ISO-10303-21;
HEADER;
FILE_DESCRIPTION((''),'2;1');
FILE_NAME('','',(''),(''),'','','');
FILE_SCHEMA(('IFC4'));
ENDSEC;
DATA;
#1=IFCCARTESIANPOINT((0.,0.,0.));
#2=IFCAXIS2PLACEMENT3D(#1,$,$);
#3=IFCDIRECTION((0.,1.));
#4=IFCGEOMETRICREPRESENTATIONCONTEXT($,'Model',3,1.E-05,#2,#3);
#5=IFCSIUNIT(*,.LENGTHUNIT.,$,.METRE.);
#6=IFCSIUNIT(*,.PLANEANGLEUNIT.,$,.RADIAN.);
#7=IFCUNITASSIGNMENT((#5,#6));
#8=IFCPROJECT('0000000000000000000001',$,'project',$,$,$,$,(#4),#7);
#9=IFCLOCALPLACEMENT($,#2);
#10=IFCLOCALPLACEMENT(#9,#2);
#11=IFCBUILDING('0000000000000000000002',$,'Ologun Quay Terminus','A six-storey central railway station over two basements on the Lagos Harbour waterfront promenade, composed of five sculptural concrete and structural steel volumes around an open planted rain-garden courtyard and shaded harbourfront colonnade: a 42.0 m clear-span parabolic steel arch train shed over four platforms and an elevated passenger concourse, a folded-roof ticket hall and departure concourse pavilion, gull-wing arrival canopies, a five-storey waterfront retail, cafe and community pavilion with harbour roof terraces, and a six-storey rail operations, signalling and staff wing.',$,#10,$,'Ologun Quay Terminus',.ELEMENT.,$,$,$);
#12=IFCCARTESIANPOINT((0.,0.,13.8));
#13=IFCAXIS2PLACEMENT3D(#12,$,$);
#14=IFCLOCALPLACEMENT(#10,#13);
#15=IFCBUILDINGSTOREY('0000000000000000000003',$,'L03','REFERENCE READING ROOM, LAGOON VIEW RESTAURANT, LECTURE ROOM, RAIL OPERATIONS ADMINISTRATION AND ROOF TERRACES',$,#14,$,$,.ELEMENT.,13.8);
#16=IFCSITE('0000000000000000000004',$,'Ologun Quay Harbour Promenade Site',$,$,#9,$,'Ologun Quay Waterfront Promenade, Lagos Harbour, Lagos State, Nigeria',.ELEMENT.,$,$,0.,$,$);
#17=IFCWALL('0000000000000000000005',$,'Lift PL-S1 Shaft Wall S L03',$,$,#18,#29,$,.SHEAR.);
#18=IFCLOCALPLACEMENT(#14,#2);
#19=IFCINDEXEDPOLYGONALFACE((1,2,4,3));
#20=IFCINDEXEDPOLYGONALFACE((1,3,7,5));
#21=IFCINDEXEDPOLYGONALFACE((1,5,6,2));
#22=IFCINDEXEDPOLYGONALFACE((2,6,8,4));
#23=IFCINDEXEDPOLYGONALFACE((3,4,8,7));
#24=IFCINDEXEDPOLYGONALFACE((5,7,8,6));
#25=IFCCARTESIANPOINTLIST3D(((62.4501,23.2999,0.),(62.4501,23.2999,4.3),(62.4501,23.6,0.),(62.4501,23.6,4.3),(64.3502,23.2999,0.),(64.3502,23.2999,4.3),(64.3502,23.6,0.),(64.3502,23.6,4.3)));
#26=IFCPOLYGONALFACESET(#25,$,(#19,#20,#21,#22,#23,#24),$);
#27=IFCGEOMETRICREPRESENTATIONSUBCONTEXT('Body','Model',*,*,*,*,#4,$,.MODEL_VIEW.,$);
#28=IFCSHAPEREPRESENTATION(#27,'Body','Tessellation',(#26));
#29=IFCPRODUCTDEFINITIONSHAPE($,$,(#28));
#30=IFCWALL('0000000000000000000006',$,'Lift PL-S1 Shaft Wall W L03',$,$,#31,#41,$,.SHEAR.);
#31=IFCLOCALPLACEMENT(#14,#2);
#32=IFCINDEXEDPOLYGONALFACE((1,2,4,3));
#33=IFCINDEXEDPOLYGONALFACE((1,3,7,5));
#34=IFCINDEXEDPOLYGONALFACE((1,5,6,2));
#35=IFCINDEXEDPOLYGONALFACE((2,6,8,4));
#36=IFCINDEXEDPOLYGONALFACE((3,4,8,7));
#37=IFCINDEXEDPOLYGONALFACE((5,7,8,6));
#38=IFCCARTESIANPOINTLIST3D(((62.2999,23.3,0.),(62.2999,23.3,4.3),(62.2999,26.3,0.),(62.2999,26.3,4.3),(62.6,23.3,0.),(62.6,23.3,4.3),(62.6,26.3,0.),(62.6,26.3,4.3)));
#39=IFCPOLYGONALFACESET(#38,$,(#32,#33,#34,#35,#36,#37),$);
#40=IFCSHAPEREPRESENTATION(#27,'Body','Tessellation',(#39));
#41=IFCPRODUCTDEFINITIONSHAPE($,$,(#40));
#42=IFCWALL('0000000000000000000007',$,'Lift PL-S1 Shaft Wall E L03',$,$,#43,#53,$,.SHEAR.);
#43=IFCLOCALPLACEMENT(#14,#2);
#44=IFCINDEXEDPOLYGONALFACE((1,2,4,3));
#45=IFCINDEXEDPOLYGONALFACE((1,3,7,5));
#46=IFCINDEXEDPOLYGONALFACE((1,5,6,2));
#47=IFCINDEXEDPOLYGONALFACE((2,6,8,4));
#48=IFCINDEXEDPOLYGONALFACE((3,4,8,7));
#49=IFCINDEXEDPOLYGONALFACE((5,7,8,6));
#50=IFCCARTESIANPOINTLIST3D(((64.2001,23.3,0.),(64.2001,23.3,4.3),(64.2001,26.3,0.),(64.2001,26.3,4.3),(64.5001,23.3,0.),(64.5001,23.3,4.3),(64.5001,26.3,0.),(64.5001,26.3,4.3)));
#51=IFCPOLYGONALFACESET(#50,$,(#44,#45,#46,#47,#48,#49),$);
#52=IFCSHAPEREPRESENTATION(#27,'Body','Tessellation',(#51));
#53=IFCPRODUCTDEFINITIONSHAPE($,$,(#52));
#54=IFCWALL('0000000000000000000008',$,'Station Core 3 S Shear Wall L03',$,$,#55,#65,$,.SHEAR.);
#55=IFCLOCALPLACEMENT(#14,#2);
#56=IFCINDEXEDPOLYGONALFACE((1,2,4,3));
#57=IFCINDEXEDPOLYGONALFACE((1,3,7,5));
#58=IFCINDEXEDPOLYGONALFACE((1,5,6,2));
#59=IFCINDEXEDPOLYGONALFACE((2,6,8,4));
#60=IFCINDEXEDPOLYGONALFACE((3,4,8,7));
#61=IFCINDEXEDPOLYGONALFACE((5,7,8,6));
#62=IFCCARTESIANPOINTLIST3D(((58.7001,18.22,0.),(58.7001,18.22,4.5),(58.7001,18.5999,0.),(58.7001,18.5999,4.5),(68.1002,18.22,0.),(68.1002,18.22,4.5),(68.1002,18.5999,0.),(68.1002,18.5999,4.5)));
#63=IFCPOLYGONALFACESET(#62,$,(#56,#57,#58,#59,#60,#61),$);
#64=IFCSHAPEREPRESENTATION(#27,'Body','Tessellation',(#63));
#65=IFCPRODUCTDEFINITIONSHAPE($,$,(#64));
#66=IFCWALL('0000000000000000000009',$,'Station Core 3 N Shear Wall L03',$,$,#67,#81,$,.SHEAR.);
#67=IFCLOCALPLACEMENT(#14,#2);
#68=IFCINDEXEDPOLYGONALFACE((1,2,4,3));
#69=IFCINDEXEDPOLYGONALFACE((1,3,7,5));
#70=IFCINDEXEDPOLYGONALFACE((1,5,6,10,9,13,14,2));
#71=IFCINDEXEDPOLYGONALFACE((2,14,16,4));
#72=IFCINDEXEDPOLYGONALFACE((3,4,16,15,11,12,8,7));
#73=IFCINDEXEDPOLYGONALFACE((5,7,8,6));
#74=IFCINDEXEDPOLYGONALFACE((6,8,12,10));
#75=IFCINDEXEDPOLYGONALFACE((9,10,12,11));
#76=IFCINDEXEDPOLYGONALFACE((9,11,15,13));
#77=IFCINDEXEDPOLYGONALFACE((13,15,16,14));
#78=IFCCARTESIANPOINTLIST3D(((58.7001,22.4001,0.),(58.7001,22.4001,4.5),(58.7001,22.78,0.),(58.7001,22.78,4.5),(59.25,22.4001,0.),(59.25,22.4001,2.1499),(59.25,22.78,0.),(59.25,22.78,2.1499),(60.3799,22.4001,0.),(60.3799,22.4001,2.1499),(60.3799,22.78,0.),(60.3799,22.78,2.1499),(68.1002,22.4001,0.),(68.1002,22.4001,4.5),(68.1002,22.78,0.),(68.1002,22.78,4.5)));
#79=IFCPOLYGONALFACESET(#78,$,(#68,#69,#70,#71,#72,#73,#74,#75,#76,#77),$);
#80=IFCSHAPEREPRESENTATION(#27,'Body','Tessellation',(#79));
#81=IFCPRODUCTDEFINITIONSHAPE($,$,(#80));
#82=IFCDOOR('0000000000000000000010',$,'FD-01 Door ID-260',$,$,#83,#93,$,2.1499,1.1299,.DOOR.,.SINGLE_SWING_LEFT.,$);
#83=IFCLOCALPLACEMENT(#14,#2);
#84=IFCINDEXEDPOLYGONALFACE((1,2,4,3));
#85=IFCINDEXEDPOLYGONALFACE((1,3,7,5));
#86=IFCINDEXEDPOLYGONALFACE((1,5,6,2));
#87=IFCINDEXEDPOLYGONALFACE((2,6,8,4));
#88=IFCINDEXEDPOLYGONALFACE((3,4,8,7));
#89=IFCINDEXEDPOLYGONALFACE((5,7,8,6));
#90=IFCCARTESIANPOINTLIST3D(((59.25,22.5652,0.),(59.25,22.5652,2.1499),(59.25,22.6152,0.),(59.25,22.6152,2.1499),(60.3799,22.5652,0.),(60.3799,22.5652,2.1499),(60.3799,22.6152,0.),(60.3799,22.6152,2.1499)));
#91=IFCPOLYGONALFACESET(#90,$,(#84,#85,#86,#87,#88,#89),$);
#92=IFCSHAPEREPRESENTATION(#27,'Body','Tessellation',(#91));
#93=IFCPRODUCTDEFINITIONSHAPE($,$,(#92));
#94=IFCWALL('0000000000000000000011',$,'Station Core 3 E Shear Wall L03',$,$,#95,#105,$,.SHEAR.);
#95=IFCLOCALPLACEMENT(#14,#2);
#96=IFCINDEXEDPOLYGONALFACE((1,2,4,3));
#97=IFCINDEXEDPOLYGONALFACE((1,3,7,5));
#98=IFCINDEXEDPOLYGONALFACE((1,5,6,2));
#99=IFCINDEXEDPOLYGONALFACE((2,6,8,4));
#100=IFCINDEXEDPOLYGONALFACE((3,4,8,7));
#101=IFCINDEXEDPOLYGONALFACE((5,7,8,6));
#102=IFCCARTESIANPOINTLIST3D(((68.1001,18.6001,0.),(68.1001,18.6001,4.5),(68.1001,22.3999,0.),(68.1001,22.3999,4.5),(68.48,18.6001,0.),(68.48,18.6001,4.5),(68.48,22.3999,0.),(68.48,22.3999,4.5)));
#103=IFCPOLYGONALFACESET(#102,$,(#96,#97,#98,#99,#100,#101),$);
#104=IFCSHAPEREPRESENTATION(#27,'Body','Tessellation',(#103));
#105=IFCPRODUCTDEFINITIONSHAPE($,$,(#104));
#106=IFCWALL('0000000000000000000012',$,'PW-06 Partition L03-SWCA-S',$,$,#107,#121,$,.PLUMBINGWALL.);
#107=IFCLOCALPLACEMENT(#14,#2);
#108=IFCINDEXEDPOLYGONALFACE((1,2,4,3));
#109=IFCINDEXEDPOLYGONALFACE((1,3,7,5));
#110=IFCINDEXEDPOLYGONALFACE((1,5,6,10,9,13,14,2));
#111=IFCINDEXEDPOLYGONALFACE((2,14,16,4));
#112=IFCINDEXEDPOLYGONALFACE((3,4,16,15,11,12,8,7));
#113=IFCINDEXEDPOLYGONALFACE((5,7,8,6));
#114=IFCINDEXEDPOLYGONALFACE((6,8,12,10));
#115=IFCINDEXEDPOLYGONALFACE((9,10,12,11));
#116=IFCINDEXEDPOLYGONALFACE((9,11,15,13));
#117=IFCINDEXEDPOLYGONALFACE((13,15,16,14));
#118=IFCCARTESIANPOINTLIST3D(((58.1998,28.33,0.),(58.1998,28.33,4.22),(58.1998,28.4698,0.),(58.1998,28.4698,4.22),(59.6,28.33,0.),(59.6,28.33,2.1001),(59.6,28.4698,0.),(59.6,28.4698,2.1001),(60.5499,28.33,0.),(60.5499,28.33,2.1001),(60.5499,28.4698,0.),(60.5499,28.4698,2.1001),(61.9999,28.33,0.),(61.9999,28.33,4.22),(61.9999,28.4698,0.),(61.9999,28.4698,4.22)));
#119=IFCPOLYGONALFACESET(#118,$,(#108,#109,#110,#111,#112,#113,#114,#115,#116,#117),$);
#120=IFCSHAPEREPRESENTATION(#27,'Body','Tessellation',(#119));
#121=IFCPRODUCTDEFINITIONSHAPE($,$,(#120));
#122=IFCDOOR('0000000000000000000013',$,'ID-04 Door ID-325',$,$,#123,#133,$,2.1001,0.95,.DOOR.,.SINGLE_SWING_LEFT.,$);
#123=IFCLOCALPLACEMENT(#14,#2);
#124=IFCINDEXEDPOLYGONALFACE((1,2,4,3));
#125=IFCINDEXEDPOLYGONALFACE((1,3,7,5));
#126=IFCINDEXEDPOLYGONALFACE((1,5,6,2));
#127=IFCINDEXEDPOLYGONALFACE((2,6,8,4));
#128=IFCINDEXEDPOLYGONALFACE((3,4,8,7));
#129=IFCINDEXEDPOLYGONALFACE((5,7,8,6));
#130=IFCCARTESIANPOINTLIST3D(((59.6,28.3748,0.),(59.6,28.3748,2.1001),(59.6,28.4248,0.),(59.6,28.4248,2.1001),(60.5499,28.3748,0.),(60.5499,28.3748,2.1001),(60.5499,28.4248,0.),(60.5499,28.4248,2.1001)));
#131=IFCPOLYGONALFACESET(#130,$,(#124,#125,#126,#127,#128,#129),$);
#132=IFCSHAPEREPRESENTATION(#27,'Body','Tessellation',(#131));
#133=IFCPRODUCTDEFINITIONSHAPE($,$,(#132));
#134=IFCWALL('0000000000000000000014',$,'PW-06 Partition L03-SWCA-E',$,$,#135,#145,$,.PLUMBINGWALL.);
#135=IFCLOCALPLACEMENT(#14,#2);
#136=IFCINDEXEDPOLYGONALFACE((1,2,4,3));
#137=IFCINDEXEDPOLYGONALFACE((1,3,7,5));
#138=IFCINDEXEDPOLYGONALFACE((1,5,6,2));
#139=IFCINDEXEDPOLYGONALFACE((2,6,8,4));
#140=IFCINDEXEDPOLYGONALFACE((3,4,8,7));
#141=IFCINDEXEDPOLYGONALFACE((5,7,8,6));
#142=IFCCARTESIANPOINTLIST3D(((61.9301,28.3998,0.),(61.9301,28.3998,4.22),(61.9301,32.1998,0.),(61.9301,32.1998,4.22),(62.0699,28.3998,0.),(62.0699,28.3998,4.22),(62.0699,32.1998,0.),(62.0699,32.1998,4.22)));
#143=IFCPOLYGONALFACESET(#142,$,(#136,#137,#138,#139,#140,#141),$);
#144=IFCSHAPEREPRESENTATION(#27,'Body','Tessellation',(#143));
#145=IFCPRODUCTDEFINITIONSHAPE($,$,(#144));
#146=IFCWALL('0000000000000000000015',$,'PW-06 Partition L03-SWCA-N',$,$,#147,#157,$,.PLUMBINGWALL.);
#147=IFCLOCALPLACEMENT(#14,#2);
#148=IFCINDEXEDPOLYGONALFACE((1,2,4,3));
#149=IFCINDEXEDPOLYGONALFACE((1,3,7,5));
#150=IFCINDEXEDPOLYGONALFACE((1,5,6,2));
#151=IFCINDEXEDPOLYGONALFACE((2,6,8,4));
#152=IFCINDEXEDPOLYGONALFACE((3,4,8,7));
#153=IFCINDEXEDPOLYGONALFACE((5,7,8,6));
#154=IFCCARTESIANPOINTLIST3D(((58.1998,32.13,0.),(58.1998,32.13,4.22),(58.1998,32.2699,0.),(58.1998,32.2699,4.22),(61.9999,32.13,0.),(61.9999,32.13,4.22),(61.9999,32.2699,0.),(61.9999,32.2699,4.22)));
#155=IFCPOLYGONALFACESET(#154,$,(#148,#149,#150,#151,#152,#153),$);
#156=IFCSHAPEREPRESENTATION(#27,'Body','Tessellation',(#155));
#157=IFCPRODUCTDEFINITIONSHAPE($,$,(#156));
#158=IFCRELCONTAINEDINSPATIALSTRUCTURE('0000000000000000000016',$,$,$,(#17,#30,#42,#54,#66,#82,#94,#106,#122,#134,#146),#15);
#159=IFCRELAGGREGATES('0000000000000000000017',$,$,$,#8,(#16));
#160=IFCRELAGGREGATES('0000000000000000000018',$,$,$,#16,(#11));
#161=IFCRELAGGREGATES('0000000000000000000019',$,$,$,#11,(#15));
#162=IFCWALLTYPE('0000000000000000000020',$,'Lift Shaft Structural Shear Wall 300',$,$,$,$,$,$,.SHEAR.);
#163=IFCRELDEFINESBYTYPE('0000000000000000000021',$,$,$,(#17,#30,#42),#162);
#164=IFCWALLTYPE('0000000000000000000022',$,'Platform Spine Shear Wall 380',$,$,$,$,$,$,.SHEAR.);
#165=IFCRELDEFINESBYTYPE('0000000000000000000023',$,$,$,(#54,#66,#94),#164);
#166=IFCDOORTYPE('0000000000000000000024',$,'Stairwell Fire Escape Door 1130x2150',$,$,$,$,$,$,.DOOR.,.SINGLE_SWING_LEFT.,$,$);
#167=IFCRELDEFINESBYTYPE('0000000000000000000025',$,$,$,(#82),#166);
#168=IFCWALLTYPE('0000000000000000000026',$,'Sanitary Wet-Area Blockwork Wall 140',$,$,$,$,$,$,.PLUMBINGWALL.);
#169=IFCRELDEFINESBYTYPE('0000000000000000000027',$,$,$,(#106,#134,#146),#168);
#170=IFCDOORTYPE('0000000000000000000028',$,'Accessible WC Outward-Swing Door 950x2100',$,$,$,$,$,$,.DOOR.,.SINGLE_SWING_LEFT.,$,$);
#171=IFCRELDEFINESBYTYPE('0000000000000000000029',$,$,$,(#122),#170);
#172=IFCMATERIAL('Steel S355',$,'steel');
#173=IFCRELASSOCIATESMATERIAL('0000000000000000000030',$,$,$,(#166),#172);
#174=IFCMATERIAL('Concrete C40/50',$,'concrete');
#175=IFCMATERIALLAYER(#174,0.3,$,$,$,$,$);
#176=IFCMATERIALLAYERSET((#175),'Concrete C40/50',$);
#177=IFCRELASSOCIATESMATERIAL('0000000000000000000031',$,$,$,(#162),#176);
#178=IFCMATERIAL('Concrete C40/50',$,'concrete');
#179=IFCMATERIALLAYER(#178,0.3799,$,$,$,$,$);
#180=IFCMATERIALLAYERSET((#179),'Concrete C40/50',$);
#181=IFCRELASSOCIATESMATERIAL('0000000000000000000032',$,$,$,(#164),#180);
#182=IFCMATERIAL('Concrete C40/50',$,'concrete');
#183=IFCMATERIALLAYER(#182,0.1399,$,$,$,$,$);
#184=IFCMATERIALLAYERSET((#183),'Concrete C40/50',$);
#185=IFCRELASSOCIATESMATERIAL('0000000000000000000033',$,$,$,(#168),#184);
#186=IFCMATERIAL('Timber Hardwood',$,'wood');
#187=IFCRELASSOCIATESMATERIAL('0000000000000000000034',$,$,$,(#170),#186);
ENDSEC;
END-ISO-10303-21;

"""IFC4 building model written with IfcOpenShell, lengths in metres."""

from ifc_helpers import new_model, si_unit, direction, frame, frame_2d, origin, place, context, subcontext, project, spatial, rectangle, extrude, material, layer, layer_set, type_object, element, fill, save


model = new_model("IFC4")

# Units and contexts
model_context = context("Model", 3, precision=1e-05, world=origin(), true_north=direction((0.0, 1.0)))
body_context = subcontext(model_context, "Body", "Model", "MODEL_VIEW")
ifc_project = project(units=[si_unit("LENGTHUNIT", "METRE"), si_unit("PLANEANGLEUNIT", "RADIAN")], contexts=[model_context])

# Site, building, storey
site_placement = place(None, origin())
site = spatial("IfcSite", under=ifc_project, at=site_placement, Name="Ologun Quay Harbour Promenade Site", LongName="Ologun Quay Waterfront Promenade, Lagos Harbour, Lagos State, Nigeria", CompositionType="ELEMENT", RefElevation=0.0)
building_placement = place(site_placement, origin())
building = spatial("IfcBuilding", under=site, at=building_placement, Name="Ologun Quay Terminus", Description="A six-storey central railway station over two basements on the Lagos Harbour waterfront promenade, composed of five sculptural concrete and structural steel volumes around an open planted rain-garden courtyard and shaded harbourfront colonnade: a 42.0 m clear-span parabolic steel arch train shed over four platforms and an elevated passenger concourse, a folded-roof ticket hall and departure concourse pavilion, gull-wing arrival canopies, a five-storey waterfront retail, cafe and community pavilion with harbour roof terraces, and a six-storey rail operations, signalling and staff wing.", LongName="Ologun Quay Terminus", CompositionType="ELEMENT")
storey_placement = place(building_placement, frame((0.0, 0.0, 13.8)))
storey = spatial("IfcBuildingStorey", under=building, at=storey_placement, Name="L03", Description="REFERENCE READING ROOM, LAGOON VIEW RESTAURANT, LECTURE ROOM, RAIL OPERATIONS ADMINISTRATION AND ROOF TERRACES", CompositionType="ELEMENT", Elevation=13.8)

# Shared definitions
ifc_material_1 = material(Name="Steel S355", Category="steel")
door_type_1 = type_object("IfcDoorType", Name="Stairwell Fire Escape Door 1130x2150", OperationType="SINGLE_SWING_LEFT", PredefinedType="DOOR", material=ifc_material_1)

# Wall
ifc_material_2 = material(Name="Concrete C40/50", Category="concrete")
ifc_layer_1 = layer(ifc_material_2, 0.3)
ifc_layer_set_1 = layer_set([ifc_layer_1], Name="Concrete C40/50")
wall_type_1 = type_object("IfcWallType", Name="Lift Shaft Structural Shear Wall 300", PredefinedType="SHEAR", material=ifc_layer_set_1)
wall_1_placement = place(storey_placement, frame((62.45, 23.45, 0.0), z_axis=(0.0, 0.0, 1.0), x_axis=(1.0, 0.0, 0.0)))
element("IfcWall", 1, at=wall_1_placement, inside=storey, type_object=wall_type_1, Name="Lift PL-S1 Shaft Wall S L03", PredefinedType="SHEAR", context=body_context, shape_type="SweptSolid", body=[
    extrude(rectangle(XDim=1.9001, YDim=0.3, at=frame_2d((0.9502, 0.0))), origin(), (0.0, 0.0, 1.0), 4.3),
])

# Walls
for number, where, z_axis, x_axis, name in (
    (2, (62.45, 23.3, 0.0), (0.0, 0.0, 1.0), (0.0, 1.0, 0.0), "Lift PL-S1 Shaft Wall W L03"),
    (3, (64.3501, 23.3, 0.0), (0.0, 0.0, 1.0), (0.0, 1.0, 0.0), "Lift PL-S1 Shaft Wall E L03"),
):
    element("IfcWall", number, at=place(storey_placement, frame(where, z_axis=z_axis, x_axis=x_axis)), inside=storey, type_object=wall_type_1, Name=name, PredefinedType="SHEAR", context=body_context, shape_type="SweptSolid", body=[
        extrude(rectangle(XDim=3.0, YDim=0.3, at=frame_2d((1.5, 0.0))), origin(), (0.0, 0.0, 1.0), 4.3),
    ])
ifc_material_3 = material(Name="Concrete C40/50", Category="concrete")
ifc_layer_2 = layer(ifc_material_3, 0.3799)
ifc_layer_set_2 = layer_set([ifc_layer_2], Name="Concrete C40/50")
wall_type_2 = type_object("IfcWallType", Name="Platform Spine Shear Wall 380", PredefinedType="SHEAR", material=ifc_layer_set_2)
wall_2_placement = place(storey_placement, frame((58.7, 18.4099, 0.0), z_axis=(0.0, 0.0, 1.0), x_axis=(1.0, 0.0, 0.0)))
element("IfcWall", 4, at=wall_2_placement, inside=storey, type_object=wall_type_2, Name="Station Core 3 S Shear Wall L03", PredefinedType="SHEAR", context=body_context, shape_type="SweptSolid", body=[
    extrude(rectangle(XDim=9.4001, YDim=0.3799, at=frame_2d((4.7002, 0.0))), origin(), (0.0, 0.0, 1.0), 4.5),
])

# Wall, opening, door
wall_3_placement = place(storey_placement, frame((58.7, 22.5901, 0.0), z_axis=(0.0, 0.0, 1.0), x_axis=(1.0, 0.0, 0.0)))
wall_3 = element("IfcWall", 5, at=wall_3_placement, inside=storey, type_object=wall_type_2, Name="Station Core 3 N Shear Wall L03", PredefinedType="SHEAR", context=body_context, shape_type="SweptSolid", body=[
    extrude(rectangle(XDim=9.4001, YDim=0.3799, at=frame_2d((4.7002, 0.0))), origin(), (0.0, 0.0, 1.0), 4.5),
])
opening_1_placement = place(wall_3_placement, frame((0.55, 0.0, 0.0)))
opening_1 = element("IfcOpeningElement", 6, at=opening_1_placement, cuts=wall_3, PredefinedType="OPENING", context=body_context, shape_type="SweptSolid", body=[
    extrude(rectangle(XDim=1.1299, YDim=2.1499, at=frame_2d((0.5649, 1.075))), frame((0.0, 0.2, 0.0), z_axis=(0.0, -1.0, 0.0), x_axis=(1.0, 0.0, 0.0)), (0.0, 0.0, 1.0), 0.3999),
])
door_1_placement = place(opening_1_placement, frame((0.5649, 0.0, 0.0), z_axis=(0.0, 0.0, 1.0), x_axis=(-1.0, 0.0, 0.0)))
door_1 = element("IfcDoor", 7, at=door_1_placement, inside=storey, type_object=door_type_1, Name="FD-01 Door ID-260", OperationType="SINGLE_SWING_LEFT", OverallHeight=2.1499, OverallWidth=1.1299, PredefinedType="DOOR", context=body_context, shape_type="SweptSolid", body=[
    extrude(rectangle(XDim=1.1299, YDim=2.1499, at=frame_2d((0.0, 1.075))), frame((0.0, 0.0249, 0.0), z_axis=(0.0, -1.0, 0.0), x_axis=(1.0, 0.0, 0.0)), (0.0, 0.0, 1.0), 0.05),
])
fill(opening_1, door_1)

# Wall
wall_4_placement = place(storey_placement, frame((68.29, 18.6001, 0.0), z_axis=(0.0, 0.0, 1.0), x_axis=(0.0, 1.0, 0.0)))
element("IfcWall", 8, at=wall_4_placement, inside=storey, type_object=wall_type_2, Name="Station Core 3 E Shear Wall L03", PredefinedType="SHEAR", context=body_context, shape_type="SweptSolid", body=[
    extrude(rectangle(XDim=3.7998, YDim=0.3799, at=frame_2d((1.8999, 0.0))), origin(), (0.0, 0.0, 1.0), 4.5),
])

# Wall, opening, door
ifc_material_4 = material(Name="Concrete C40/50", Category="concrete")
ifc_layer_3 = layer(ifc_material_4, 0.1399)
ifc_layer_set_3 = layer_set([ifc_layer_3], Name="Concrete C40/50")
wall_type_3 = type_object("IfcWallType", Name="Sanitary Wet-Area Blockwork Wall 140", PredefinedType="PLUMBINGWALL", material=ifc_layer_set_3)
wall_5_placement = place(storey_placement, frame((58.2, 28.3999, 0.0), z_axis=(0.0, 0.0, 1.0), x_axis=(1.0, 0.0, 0.0)))
wall_5 = element("IfcWall", 9, at=wall_5_placement, inside=storey, type_object=wall_type_3, Name="PW-06 Partition L03-SWCA-S", PredefinedType="PLUMBINGWALL", context=body_context, shape_type="SweptSolid", body=[
    extrude(rectangle(XDim=3.8, YDim=0.1399, at=frame_2d((1.8999, 0.0))), origin(), (0.0, 0.0, 1.0), 4.22),
])
opening_2_placement = place(wall_5_placement, frame((1.3999, 0.0, 0.0)))
opening_2 = element("IfcOpeningElement", 10, at=opening_2_placement, cuts=wall_5, PredefinedType="OPENING", context=body_context, shape_type="SweptSolid", body=[
    extrude(rectangle(XDim=0.95, YDim=2.1001, at=frame_2d((0.4751, 1.05))), frame((0.0, 0.0801, 0.0), z_axis=(0.0, -1.0, 0.0), x_axis=(1.0, 0.0, 0.0)), (0.0, 0.0, 1.0), 0.1599),
])
ifc_material_5 = material(Name="Timber Hardwood", Category="wood")
door_type_2 = type_object("IfcDoorType", Name="Accessible WC Outward-Swing Door 950x2100", OperationType="SINGLE_SWING_LEFT", PredefinedType="DOOR", material=ifc_material_5)
door_2_placement = place(opening_2_placement, origin())
door_2 = element("IfcDoor", 11, at=door_2_placement, inside=storey, type_object=door_type_2, Name="ID-04 Door ID-325", OperationType="SINGLE_SWING_LEFT", OverallHeight=2.1001, OverallWidth=0.95, PredefinedType="DOOR", context=body_context, shape_type="SweptSolid", body=[
    extrude(rectangle(XDim=0.95, YDim=2.1001, at=frame_2d((0.4751, 1.05))), frame((0.0, 0.0249, 0.0), z_axis=(0.0, -1.0, 0.0), x_axis=(1.0, 0.0, 0.0)), (0.0, 0.0, 1.0), 0.05),
])
fill(opening_2, door_2)

# Walls
for number, where, z_axis, x_axis, name in (
    (12, (62.0, 28.3999, 0.0), (0.0, 0.0, 1.0), (0.0, 1.0, 0.0), "PW-06 Partition L03-SWCA-E"),
    (13, (58.2, 32.2, 0.0), (0.0, 0.0, 1.0), (1.0, 0.0, 0.0), "PW-06 Partition L03-SWCA-N"),
):
    element("IfcWall", number, at=place(storey_placement, frame(where, z_axis=z_axis, x_axis=x_axis)), inside=storey, type_object=wall_type_3, Name=name, PredefinedType="PLUMBINGWALL", context=body_context, shape_type="SweptSolid", body=[
        extrude(rectangle(XDim=3.8, YDim=0.1399, at=frame_2d((1.8999, 0.0))), origin(), (0.0, 0.0, 1.0), 4.22),
    ])

save(model, "model.ifc")
